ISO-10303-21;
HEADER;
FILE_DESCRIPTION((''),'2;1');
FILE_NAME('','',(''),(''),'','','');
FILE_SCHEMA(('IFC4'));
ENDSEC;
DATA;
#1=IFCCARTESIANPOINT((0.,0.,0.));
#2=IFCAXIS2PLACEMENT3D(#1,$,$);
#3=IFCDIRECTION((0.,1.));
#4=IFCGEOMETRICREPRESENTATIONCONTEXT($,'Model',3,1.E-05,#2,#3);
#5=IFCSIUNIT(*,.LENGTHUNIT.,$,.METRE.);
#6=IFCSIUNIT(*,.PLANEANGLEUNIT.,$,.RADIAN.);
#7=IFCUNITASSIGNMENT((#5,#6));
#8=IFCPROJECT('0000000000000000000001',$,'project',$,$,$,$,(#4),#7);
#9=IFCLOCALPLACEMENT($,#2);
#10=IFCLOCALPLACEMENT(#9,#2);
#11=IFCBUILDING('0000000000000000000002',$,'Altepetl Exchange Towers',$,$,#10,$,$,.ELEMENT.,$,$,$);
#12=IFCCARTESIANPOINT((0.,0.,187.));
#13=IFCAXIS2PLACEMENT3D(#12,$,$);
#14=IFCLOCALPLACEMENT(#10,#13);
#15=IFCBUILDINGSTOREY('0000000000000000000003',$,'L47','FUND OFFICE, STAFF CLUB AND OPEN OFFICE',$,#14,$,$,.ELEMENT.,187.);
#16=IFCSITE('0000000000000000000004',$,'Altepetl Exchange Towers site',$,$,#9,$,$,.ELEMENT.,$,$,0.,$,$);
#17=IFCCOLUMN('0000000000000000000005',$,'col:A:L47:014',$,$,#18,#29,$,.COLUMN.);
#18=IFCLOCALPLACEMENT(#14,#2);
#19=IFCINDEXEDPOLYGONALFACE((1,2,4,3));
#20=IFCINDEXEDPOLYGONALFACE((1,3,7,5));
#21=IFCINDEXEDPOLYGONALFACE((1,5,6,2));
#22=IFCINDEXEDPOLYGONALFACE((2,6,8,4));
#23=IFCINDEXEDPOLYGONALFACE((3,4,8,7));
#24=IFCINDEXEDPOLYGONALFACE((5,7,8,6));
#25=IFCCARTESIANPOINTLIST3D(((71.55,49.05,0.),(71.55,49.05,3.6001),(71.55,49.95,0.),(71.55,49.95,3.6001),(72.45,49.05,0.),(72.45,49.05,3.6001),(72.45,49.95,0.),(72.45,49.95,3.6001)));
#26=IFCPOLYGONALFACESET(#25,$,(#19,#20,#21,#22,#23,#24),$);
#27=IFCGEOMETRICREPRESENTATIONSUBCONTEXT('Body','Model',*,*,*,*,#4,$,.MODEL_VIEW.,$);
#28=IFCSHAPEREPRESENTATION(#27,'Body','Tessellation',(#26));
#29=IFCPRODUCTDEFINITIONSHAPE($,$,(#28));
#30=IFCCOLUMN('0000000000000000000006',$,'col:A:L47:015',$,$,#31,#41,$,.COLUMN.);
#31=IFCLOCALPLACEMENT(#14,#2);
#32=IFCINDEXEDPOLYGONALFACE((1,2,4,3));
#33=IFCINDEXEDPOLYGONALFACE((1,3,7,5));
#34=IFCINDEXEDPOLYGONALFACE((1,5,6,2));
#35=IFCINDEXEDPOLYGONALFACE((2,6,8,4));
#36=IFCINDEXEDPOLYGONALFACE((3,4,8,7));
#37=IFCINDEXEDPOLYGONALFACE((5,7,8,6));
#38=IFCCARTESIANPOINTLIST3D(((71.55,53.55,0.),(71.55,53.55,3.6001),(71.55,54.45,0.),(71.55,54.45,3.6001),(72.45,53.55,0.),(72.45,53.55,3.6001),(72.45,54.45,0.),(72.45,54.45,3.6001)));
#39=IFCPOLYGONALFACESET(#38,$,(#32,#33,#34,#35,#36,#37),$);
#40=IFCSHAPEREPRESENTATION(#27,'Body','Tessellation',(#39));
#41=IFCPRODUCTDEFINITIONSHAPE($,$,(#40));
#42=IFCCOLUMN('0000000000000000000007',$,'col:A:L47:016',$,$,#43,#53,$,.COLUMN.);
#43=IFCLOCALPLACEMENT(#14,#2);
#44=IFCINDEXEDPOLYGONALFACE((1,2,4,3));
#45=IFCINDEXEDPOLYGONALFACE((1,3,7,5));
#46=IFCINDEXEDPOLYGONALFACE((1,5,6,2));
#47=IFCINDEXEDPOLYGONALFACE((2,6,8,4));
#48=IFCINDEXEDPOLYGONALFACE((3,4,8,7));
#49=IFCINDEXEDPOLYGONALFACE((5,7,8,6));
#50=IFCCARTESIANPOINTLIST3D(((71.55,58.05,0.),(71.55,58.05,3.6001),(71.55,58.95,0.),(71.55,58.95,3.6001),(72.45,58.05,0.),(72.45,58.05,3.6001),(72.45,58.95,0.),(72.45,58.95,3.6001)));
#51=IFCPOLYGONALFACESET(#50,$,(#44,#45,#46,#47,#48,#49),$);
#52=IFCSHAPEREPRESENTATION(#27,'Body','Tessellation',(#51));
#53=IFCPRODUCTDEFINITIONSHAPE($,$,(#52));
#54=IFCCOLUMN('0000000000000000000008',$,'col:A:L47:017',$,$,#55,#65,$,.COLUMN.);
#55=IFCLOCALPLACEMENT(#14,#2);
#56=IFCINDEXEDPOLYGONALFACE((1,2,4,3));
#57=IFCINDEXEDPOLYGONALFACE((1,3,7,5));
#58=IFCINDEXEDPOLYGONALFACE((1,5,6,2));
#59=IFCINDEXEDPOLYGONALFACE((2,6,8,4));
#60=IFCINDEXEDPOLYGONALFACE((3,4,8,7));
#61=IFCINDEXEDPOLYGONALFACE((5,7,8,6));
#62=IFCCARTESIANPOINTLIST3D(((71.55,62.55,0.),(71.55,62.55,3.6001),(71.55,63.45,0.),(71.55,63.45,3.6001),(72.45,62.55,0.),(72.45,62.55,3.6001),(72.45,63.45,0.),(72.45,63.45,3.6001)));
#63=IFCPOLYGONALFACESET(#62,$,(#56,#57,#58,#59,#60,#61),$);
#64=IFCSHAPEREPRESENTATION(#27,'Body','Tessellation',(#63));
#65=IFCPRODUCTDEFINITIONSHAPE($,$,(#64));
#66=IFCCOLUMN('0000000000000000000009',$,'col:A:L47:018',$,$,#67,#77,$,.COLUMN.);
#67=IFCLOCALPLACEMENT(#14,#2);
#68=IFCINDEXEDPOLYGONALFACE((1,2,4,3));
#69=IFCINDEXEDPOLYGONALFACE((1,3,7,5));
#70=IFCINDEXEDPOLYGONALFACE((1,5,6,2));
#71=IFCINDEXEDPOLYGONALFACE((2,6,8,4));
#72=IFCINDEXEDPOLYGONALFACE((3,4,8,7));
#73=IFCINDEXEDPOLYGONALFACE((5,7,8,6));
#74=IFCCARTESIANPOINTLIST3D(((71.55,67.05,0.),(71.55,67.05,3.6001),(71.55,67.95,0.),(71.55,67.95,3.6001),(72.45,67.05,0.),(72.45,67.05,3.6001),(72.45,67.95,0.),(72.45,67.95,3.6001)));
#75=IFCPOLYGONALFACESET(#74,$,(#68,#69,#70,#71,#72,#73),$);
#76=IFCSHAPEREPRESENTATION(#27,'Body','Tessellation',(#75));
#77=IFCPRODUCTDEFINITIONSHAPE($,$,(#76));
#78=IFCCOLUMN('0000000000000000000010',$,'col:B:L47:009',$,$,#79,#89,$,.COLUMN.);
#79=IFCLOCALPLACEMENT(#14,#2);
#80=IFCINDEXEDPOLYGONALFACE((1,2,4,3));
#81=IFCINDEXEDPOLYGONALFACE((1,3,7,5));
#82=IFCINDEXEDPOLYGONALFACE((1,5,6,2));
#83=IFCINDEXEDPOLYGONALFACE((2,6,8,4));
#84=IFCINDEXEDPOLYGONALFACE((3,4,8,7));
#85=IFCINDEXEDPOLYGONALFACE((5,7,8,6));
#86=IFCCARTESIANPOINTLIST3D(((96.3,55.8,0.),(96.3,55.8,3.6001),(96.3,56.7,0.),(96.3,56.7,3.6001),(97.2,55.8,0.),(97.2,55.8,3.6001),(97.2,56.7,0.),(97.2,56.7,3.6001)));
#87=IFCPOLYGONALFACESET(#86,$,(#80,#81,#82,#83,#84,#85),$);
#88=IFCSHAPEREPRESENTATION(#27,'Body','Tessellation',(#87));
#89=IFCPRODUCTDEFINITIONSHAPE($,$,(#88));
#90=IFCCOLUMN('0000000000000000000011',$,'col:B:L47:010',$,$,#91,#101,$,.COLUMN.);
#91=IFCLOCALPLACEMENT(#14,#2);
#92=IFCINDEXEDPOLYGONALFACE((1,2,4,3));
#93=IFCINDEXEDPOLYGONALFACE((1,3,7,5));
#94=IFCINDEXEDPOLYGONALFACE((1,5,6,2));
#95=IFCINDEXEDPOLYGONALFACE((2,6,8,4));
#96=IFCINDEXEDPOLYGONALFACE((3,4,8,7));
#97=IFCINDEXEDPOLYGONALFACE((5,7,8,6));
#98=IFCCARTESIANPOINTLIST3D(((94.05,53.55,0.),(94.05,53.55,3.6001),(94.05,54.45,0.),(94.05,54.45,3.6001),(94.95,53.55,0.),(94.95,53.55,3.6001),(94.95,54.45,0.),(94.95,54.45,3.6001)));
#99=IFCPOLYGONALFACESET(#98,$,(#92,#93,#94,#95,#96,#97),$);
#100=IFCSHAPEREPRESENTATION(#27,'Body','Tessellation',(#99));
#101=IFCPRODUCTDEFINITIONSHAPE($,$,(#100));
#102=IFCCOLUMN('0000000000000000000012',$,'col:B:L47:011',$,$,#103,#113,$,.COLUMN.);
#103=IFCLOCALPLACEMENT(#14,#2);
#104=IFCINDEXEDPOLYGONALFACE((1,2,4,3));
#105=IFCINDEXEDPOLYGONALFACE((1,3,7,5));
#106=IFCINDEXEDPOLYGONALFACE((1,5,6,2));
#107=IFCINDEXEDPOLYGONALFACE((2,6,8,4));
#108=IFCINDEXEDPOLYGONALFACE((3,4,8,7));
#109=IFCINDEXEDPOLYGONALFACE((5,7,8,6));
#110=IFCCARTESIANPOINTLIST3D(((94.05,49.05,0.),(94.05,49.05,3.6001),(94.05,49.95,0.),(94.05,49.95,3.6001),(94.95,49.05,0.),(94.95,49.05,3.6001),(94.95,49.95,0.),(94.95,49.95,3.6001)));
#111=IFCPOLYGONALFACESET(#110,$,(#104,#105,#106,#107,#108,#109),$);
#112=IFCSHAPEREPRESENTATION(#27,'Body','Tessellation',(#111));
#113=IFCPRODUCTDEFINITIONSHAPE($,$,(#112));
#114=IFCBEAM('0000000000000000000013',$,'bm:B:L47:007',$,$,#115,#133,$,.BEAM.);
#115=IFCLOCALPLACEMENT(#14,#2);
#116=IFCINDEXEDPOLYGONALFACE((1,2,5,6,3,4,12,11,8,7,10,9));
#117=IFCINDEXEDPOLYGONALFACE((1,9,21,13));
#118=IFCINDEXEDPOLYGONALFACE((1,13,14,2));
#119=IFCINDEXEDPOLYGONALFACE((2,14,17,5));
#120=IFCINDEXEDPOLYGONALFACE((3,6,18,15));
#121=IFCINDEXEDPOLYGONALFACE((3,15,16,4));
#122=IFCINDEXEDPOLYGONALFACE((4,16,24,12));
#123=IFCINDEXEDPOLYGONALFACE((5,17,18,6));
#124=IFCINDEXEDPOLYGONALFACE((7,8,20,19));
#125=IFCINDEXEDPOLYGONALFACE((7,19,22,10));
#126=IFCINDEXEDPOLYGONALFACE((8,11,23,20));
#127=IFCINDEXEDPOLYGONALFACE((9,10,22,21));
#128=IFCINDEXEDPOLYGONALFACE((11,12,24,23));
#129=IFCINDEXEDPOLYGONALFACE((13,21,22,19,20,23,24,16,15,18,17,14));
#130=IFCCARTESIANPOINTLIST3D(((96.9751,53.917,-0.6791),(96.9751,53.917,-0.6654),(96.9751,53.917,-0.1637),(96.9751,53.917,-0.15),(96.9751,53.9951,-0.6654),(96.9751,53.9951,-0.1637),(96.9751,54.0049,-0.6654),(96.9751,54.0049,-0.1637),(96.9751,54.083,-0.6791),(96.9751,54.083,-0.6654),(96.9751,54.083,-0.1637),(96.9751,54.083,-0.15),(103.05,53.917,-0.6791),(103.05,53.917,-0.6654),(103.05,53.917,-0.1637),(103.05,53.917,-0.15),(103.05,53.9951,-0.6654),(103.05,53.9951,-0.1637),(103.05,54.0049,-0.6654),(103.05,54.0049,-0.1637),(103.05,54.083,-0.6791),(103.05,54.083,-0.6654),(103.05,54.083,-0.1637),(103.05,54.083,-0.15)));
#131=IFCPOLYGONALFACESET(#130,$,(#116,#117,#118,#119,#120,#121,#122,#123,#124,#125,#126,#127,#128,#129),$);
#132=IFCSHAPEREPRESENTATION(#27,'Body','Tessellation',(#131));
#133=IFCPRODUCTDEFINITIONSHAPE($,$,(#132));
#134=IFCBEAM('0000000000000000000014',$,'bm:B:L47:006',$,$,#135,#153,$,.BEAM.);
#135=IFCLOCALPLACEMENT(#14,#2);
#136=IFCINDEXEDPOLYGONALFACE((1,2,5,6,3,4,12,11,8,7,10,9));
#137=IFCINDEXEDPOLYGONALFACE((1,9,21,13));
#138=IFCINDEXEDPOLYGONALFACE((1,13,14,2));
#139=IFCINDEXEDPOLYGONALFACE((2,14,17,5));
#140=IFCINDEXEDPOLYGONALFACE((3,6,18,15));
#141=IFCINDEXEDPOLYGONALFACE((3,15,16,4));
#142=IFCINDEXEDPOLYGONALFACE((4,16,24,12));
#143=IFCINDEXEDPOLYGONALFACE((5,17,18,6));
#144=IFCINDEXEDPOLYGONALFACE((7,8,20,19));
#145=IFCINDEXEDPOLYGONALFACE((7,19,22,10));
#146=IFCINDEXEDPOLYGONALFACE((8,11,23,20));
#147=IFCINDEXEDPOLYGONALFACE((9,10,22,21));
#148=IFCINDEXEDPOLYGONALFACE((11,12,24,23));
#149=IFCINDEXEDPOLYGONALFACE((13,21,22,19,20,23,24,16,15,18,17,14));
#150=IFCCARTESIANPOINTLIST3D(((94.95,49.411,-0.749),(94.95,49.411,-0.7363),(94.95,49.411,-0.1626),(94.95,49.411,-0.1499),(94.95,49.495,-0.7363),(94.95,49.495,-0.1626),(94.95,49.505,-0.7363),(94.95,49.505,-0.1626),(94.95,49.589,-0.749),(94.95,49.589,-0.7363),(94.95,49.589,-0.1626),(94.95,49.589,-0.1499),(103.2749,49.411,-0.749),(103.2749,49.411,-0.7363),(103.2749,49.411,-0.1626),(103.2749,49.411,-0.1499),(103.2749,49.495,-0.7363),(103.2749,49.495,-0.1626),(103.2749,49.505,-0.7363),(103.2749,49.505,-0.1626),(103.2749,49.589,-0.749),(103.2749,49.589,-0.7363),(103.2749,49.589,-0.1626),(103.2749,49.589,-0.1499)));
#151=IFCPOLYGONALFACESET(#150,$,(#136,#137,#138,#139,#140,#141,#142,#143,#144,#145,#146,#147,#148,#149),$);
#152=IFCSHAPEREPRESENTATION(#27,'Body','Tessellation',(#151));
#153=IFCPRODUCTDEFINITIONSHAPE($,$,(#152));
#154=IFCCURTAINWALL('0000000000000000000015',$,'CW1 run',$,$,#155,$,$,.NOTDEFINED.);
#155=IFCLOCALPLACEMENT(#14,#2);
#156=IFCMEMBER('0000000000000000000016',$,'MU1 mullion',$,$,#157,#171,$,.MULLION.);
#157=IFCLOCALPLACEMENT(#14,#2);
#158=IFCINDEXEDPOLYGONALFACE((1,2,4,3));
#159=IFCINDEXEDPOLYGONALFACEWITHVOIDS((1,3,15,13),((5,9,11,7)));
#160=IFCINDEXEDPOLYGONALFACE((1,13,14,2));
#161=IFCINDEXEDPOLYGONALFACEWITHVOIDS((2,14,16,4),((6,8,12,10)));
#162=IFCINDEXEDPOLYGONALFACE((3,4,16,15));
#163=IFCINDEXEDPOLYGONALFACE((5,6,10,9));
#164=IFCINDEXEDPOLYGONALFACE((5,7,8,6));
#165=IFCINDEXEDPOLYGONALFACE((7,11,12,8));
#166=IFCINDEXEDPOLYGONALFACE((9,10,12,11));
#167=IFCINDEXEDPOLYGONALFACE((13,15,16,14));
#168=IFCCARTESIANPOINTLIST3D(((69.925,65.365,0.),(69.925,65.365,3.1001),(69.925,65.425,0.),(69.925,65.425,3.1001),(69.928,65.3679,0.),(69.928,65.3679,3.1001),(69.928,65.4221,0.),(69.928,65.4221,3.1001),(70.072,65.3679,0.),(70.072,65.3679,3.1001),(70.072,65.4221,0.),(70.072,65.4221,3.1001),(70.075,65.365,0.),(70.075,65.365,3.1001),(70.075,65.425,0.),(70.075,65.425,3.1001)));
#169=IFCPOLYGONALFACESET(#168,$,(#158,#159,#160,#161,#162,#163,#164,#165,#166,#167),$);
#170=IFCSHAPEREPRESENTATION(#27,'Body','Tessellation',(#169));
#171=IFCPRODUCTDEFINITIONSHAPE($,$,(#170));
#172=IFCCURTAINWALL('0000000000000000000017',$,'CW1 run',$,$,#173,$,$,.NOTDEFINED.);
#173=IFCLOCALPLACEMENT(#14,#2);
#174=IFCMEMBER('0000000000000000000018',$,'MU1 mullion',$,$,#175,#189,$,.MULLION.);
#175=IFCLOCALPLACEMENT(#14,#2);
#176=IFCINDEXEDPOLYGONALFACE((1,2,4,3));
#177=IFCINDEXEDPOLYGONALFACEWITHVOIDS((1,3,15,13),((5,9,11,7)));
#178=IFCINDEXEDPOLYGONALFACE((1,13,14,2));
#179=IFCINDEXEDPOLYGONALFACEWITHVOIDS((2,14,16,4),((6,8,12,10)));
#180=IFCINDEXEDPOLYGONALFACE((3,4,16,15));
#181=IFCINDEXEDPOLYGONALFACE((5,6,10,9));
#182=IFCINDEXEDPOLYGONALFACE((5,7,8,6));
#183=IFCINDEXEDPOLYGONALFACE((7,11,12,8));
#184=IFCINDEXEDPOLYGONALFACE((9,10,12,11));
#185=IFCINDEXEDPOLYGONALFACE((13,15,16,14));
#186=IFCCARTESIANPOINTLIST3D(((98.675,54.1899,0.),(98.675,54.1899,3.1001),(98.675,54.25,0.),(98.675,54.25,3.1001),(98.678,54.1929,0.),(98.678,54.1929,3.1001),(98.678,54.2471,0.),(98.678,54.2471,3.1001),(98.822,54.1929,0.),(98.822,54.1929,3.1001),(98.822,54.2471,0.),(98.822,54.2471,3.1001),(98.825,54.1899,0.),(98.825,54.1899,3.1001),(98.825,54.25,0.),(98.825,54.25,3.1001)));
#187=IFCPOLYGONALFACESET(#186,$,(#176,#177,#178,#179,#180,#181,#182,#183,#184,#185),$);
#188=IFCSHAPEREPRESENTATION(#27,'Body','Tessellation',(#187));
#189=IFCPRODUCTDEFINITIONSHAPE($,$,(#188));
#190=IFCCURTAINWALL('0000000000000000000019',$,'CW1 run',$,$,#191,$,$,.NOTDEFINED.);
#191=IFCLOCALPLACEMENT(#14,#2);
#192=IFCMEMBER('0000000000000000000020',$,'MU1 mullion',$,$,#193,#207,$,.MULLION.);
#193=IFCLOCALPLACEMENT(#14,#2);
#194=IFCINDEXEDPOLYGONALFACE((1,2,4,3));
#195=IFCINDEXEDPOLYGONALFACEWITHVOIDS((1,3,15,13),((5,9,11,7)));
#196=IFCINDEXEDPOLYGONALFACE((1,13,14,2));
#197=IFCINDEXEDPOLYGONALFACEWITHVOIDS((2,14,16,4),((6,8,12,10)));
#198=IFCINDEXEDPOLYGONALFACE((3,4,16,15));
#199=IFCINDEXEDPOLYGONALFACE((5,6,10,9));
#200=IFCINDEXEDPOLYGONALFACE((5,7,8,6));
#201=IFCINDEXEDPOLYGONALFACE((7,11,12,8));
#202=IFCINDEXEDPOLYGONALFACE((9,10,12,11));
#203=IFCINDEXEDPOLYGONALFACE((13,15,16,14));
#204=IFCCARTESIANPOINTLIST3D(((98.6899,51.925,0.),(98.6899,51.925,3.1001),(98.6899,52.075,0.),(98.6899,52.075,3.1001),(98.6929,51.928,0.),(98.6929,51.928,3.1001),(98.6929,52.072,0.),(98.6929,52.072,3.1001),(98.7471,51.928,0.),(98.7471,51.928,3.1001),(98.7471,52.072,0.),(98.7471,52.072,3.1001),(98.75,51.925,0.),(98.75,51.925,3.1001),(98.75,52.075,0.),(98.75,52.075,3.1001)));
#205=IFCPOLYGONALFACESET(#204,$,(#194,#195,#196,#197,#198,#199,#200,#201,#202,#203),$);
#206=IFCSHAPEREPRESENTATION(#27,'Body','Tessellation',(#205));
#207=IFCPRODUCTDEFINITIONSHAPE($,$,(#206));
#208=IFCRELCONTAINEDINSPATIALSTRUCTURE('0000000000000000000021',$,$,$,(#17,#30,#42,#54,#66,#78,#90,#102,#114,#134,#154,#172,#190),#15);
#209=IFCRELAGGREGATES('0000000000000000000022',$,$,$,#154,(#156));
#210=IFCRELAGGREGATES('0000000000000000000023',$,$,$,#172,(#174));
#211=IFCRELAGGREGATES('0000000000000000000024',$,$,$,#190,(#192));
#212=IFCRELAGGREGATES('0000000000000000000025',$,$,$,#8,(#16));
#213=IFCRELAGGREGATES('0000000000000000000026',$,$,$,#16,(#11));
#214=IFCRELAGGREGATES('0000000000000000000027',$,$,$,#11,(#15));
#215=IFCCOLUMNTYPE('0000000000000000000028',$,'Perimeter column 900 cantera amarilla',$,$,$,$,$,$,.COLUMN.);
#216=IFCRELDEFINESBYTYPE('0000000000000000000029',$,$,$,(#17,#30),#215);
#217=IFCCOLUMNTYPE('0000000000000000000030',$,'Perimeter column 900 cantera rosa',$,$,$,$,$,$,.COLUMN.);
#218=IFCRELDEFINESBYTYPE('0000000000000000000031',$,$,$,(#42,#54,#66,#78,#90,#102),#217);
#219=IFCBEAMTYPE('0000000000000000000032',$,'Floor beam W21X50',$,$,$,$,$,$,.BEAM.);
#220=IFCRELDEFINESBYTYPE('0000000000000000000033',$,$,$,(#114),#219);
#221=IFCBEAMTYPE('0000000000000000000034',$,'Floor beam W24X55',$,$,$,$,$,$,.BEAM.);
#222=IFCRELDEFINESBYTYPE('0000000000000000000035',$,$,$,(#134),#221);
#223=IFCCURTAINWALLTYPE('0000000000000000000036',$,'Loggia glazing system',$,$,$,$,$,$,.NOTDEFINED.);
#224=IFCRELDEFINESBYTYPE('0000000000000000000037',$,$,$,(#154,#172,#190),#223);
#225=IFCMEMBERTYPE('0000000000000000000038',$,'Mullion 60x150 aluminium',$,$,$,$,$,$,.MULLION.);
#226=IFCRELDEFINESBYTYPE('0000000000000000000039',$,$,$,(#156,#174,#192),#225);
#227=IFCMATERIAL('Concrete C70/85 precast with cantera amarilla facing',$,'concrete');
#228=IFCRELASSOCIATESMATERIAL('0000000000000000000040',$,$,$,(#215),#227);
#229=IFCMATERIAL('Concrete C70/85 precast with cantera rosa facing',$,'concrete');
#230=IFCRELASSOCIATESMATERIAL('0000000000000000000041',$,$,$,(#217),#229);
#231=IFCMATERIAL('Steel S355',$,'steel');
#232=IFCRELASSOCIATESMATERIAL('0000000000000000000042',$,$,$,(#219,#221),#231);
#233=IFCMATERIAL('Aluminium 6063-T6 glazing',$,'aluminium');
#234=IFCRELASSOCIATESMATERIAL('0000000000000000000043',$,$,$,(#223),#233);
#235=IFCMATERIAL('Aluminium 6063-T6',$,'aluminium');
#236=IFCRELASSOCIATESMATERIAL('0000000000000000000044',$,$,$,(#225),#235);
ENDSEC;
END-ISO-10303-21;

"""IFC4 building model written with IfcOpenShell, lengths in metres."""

from ifc_helpers import new_model, si_unit, direction, frame, origin, origin_2d, place, context, subcontext, project, spatial, rectangle, hollow_rectangle, i_section, extrude, material, material_profile, profile_set, type_object, element, aggregate, save


model = new_model("IFC4")

# Units and contexts
model_context = context("Model", 3, precision=1e-05, world=origin(), true_north=direction((0.0, 1.0)))
body_context = subcontext(model_context, "Body", "Model", "MODEL_VIEW")
ifc_project = project(units=[si_unit("LENGTHUNIT", "METRE"), si_unit("PLANEANGLEUNIT", "RADIAN")], contexts=[model_context])

# Site, building, storey
site_placement = place(None, origin())
site = spatial("IfcSite", under=ifc_project, at=site_placement, Name="Altepetl Exchange Towers site", CompositionType="ELEMENT", RefElevation=0.0)
building_placement = place(site_placement, origin())
building = spatial("IfcBuilding", under=site, at=building_placement, Name="Altepetl Exchange Towers", CompositionType="ELEMENT")
storey_placement = place(building_placement, frame((0.0, 0.0, 187.0)))
storey = spatial("IfcBuildingStorey", under=building, at=storey_placement, Name="L47", Description="FUND OFFICE, STAFF CLUB AND OPEN OFFICE", CompositionType="ELEMENT", Elevation=187.0)

# Columns
ifc_material_1 = material(Name="Concrete C70/85 precast with cantera amarilla facing", Category="concrete")
ifc_material_profile_1 = material_profile(ifc_material_1, rectangle(XDim=0.8999, YDim=0.8999, at=origin_2d()), Name="900 x 900")
ifc_profile_set_1 = profile_set([ifc_material_profile_1], Name="Concrete C70/85 precast with cantera amarilla facing")
column_type_1 = type_object("IfcColumnType", Name="Perimeter column 900 cantera amarilla", PredefinedType="COLUMN", material=ifc_profile_set_1)
for number, where, name in (
    (1, (72.0, 49.5, 0.0), "col:A:L47:014"),
    (2, (72.0, 54.0, 0.0), "col:A:L47:015"),
):
    element("IfcColumn", number, at=place(storey_placement, frame(where)), inside=storey, type_object=column_type_1, Name=name, PredefinedType="COLUMN", context=body_context, shape_type="SweptSolid", body=[
        extrude(rectangle(XDim=0.8999, YDim=0.8999, at=origin_2d()), origin(), (0.0, 0.0, 1.0), 3.6001),
    ])
ifc_material_2 = material(Name="Concrete C70/85 precast with cantera rosa facing", Category="concrete")
ifc_material_profile_2 = material_profile(ifc_material_2, rectangle(XDim=0.8999, YDim=0.8999, at=origin_2d()), Name="900 x 900")
ifc_profile_set_2 = profile_set([ifc_material_profile_2], Name="Concrete C70/85 precast with cantera rosa facing")
column_type_2 = type_object("IfcColumnType", Name="Perimeter column 900 cantera rosa", PredefinedType="COLUMN", material=ifc_profile_set_2)
for number, where, name in (
    (3, (72.0, 58.5, 0.0), "col:A:L47:016"),
    (4, (72.0, 63.0, 0.0), "col:A:L47:017"),
    (5, (72.0, 67.5, 0.0), "col:A:L47:018"),
    (6, (96.75, 56.25, 0.0), "col:B:L47:009"),
    (7, (94.5, 54.0, 0.0), "col:B:L47:010"),
    (8, (94.5, 49.5, 0.0), "col:B:L47:011"),
):
    element("IfcColumn", number, at=place(storey_placement, frame(where)), inside=storey, type_object=column_type_2, Name=name, PredefinedType="COLUMN", context=body_context, shape_type="SweptSolid", body=[
        extrude(rectangle(XDim=0.8999, YDim=0.8999, at=origin_2d()), origin(), (0.0, 0.0, 1.0), 3.6001),
    ])

# Beams
ifc_material_3 = material(Name="Steel S355", Category="steel")
ifc_material_profile_3 = material_profile(ifc_material_3, i_section(OverallWidth=0.166, OverallDepth=0.5291, WebThickness=0.0098, FlangeThickness=0.0137, at=origin_2d()), Name="W21X50")
ifc_profile_set_3 = profile_set([ifc_material_profile_3], Name="Steel S355")
beam_type_1 = type_object("IfcBeamType", Name="Floor beam W21X50", PredefinedType="BEAM", material=ifc_profile_set_3)
beam_1_placement = place(storey_placement, frame((96.9751, 54.0, -0.4146), z_axis=(1.0, 0.0, 0.0), x_axis=(0.0, 1.0, 0.0)))
element("IfcBeam", 9, at=beam_1_placement, inside=storey, type_object=beam_type_1, Name="bm:B:L47:007", PredefinedType="BEAM", context=body_context, shape_type="SweptSolid", body=[
    extrude(i_section(OverallWidth=0.166, OverallDepth=0.5291, WebThickness=0.0098, FlangeThickness=0.0137, at=origin_2d()), origin(), (0.0, 0.0, 1.0), 6.075),
])
ifc_material_profile_4 = material_profile(ifc_material_3, i_section(OverallWidth=0.178, OverallDepth=0.5991, WebThickness=0.01, FlangeThickness=0.0127, at=origin_2d()), Name="W24X55")
ifc_profile_set_4 = profile_set([ifc_material_profile_4], Name="Steel S355")
beam_type_2 = type_object("IfcBeamType", Name="Floor beam W24X55", PredefinedType="BEAM", material=ifc_profile_set_4)
beam_2_placement = place(storey_placement, frame((94.95, 49.5, -0.4495), z_axis=(1.0, 0.0, 0.0), x_axis=(0.0, 1.0, 0.0)))
element("IfcBeam", 10, at=beam_2_placement, inside=storey, type_object=beam_type_2, Name="bm:B:L47:006", PredefinedType="BEAM", context=body_context, shape_type="SweptSolid", body=[
    extrude(i_section(OverallWidth=0.178, OverallDepth=0.5991, WebThickness=0.01, FlangeThickness=0.0127, at=origin_2d()), origin(), (0.0, 0.0, 1.0), 8.325),
])

# Curtain walls, members
ifc_material_4 = material(Name="Aluminium 6063-T6 glazing", Category="aluminium")
curtain_wall_type = type_object("IfcCurtainWallType", Name="Loggia glazing system", PredefinedType="NOTDEFINED", material=ifc_material_4)
curtain_wall_1_placement = place(storey_placement, origin())
curtain_wall_1 = element("IfcCurtainWall", 11, at=curtain_wall_1_placement, inside=storey, type_object=curtain_wall_type, Name="CW1 run", PredefinedType="NOTDEFINED")
ifc_material_5 = material(Name="Aluminium 6063-T6", Category="aluminium")
ifc_material_profile_5 = material_profile(ifc_material_5, hollow_rectangle(XDim=0.0601, YDim=0.1499, WallThickness=0.0029, at=origin_2d()), Name="Mullion 60x150 aluminium")
ifc_profile_set_5 = profile_set([ifc_material_profile_5], Name="Aluminium 6063-T6")
member_type = type_object("IfcMemberType", Name="Mullion 60x150 aluminium", PredefinedType="MULLION", material=ifc_profile_set_5)
member_1_placement = place(storey_placement, frame((70.0, 65.395, 0.0), z_axis=(0.0, 0.0, 1.0), x_axis=(0.0, 1.0, 0.0)))
member_1 = element("IfcMember", 12, at=member_1_placement, type_object=member_type, Name="MU1 mullion", PredefinedType="MULLION", context=body_context, shape_type="SweptSolid", body=[
    extrude(hollow_rectangle(XDim=0.0601, YDim=0.1499, WallThickness=0.0029, at=origin_2d()), origin(), (0.0, 0.0, 1.0), 3.1001),
])
aggregate(curtain_wall_1, [member_1])
curtain_wall_2_placement = place(storey_placement, origin())
curtain_wall_2 = element("IfcCurtainWall", 13, at=curtain_wall_2_placement, inside=storey, type_object=curtain_wall_type, Name="CW1 run", PredefinedType="NOTDEFINED")
member_2_placement = place(storey_placement, frame((98.75, 54.22, 0.0), z_axis=(0.0, 0.0, 1.0), x_axis=(0.0, -1.0, 0.0)))
member_2 = element("IfcMember", 14, at=member_2_placement, type_object=member_type, Name="MU1 mullion", PredefinedType="MULLION", context=body_context, shape_type="SweptSolid", body=[
    extrude(hollow_rectangle(XDim=0.0601, YDim=0.1499, WallThickness=0.0029, at=origin_2d()), origin(), (0.0, 0.0, 1.0), 3.1001),
])
aggregate(curtain_wall_2, [member_2])

# Curtain wall, member
curtain_wall_3_placement = place(storey_placement, origin())
curtain_wall_3 = element("IfcCurtainWall", 15, at=curtain_wall_3_placement, inside=storey, type_object=curtain_wall_type, Name="CW1 run", PredefinedType="NOTDEFINED")
member_3_placement = place(storey_placement, frame((98.72, 52.0, 0.0), z_axis=(0.0, 0.0, 1.0), x_axis=(-1.0, 0.0, 0.0)))
member_3 = element("IfcMember", 16, at=member_3_placement, type_object=member_type, Name="MU1 mullion", PredefinedType="MULLION", context=body_context, shape_type="SweptSolid", body=[
    extrude(hollow_rectangle(XDim=0.0601, YDim=0.1499, WallThickness=0.0029, at=origin_2d()), origin(), (0.0, 0.0, 1.0), 3.1001),
])

aggregate(curtain_wall_3, [member_3])

save(model, "model.ifc")
